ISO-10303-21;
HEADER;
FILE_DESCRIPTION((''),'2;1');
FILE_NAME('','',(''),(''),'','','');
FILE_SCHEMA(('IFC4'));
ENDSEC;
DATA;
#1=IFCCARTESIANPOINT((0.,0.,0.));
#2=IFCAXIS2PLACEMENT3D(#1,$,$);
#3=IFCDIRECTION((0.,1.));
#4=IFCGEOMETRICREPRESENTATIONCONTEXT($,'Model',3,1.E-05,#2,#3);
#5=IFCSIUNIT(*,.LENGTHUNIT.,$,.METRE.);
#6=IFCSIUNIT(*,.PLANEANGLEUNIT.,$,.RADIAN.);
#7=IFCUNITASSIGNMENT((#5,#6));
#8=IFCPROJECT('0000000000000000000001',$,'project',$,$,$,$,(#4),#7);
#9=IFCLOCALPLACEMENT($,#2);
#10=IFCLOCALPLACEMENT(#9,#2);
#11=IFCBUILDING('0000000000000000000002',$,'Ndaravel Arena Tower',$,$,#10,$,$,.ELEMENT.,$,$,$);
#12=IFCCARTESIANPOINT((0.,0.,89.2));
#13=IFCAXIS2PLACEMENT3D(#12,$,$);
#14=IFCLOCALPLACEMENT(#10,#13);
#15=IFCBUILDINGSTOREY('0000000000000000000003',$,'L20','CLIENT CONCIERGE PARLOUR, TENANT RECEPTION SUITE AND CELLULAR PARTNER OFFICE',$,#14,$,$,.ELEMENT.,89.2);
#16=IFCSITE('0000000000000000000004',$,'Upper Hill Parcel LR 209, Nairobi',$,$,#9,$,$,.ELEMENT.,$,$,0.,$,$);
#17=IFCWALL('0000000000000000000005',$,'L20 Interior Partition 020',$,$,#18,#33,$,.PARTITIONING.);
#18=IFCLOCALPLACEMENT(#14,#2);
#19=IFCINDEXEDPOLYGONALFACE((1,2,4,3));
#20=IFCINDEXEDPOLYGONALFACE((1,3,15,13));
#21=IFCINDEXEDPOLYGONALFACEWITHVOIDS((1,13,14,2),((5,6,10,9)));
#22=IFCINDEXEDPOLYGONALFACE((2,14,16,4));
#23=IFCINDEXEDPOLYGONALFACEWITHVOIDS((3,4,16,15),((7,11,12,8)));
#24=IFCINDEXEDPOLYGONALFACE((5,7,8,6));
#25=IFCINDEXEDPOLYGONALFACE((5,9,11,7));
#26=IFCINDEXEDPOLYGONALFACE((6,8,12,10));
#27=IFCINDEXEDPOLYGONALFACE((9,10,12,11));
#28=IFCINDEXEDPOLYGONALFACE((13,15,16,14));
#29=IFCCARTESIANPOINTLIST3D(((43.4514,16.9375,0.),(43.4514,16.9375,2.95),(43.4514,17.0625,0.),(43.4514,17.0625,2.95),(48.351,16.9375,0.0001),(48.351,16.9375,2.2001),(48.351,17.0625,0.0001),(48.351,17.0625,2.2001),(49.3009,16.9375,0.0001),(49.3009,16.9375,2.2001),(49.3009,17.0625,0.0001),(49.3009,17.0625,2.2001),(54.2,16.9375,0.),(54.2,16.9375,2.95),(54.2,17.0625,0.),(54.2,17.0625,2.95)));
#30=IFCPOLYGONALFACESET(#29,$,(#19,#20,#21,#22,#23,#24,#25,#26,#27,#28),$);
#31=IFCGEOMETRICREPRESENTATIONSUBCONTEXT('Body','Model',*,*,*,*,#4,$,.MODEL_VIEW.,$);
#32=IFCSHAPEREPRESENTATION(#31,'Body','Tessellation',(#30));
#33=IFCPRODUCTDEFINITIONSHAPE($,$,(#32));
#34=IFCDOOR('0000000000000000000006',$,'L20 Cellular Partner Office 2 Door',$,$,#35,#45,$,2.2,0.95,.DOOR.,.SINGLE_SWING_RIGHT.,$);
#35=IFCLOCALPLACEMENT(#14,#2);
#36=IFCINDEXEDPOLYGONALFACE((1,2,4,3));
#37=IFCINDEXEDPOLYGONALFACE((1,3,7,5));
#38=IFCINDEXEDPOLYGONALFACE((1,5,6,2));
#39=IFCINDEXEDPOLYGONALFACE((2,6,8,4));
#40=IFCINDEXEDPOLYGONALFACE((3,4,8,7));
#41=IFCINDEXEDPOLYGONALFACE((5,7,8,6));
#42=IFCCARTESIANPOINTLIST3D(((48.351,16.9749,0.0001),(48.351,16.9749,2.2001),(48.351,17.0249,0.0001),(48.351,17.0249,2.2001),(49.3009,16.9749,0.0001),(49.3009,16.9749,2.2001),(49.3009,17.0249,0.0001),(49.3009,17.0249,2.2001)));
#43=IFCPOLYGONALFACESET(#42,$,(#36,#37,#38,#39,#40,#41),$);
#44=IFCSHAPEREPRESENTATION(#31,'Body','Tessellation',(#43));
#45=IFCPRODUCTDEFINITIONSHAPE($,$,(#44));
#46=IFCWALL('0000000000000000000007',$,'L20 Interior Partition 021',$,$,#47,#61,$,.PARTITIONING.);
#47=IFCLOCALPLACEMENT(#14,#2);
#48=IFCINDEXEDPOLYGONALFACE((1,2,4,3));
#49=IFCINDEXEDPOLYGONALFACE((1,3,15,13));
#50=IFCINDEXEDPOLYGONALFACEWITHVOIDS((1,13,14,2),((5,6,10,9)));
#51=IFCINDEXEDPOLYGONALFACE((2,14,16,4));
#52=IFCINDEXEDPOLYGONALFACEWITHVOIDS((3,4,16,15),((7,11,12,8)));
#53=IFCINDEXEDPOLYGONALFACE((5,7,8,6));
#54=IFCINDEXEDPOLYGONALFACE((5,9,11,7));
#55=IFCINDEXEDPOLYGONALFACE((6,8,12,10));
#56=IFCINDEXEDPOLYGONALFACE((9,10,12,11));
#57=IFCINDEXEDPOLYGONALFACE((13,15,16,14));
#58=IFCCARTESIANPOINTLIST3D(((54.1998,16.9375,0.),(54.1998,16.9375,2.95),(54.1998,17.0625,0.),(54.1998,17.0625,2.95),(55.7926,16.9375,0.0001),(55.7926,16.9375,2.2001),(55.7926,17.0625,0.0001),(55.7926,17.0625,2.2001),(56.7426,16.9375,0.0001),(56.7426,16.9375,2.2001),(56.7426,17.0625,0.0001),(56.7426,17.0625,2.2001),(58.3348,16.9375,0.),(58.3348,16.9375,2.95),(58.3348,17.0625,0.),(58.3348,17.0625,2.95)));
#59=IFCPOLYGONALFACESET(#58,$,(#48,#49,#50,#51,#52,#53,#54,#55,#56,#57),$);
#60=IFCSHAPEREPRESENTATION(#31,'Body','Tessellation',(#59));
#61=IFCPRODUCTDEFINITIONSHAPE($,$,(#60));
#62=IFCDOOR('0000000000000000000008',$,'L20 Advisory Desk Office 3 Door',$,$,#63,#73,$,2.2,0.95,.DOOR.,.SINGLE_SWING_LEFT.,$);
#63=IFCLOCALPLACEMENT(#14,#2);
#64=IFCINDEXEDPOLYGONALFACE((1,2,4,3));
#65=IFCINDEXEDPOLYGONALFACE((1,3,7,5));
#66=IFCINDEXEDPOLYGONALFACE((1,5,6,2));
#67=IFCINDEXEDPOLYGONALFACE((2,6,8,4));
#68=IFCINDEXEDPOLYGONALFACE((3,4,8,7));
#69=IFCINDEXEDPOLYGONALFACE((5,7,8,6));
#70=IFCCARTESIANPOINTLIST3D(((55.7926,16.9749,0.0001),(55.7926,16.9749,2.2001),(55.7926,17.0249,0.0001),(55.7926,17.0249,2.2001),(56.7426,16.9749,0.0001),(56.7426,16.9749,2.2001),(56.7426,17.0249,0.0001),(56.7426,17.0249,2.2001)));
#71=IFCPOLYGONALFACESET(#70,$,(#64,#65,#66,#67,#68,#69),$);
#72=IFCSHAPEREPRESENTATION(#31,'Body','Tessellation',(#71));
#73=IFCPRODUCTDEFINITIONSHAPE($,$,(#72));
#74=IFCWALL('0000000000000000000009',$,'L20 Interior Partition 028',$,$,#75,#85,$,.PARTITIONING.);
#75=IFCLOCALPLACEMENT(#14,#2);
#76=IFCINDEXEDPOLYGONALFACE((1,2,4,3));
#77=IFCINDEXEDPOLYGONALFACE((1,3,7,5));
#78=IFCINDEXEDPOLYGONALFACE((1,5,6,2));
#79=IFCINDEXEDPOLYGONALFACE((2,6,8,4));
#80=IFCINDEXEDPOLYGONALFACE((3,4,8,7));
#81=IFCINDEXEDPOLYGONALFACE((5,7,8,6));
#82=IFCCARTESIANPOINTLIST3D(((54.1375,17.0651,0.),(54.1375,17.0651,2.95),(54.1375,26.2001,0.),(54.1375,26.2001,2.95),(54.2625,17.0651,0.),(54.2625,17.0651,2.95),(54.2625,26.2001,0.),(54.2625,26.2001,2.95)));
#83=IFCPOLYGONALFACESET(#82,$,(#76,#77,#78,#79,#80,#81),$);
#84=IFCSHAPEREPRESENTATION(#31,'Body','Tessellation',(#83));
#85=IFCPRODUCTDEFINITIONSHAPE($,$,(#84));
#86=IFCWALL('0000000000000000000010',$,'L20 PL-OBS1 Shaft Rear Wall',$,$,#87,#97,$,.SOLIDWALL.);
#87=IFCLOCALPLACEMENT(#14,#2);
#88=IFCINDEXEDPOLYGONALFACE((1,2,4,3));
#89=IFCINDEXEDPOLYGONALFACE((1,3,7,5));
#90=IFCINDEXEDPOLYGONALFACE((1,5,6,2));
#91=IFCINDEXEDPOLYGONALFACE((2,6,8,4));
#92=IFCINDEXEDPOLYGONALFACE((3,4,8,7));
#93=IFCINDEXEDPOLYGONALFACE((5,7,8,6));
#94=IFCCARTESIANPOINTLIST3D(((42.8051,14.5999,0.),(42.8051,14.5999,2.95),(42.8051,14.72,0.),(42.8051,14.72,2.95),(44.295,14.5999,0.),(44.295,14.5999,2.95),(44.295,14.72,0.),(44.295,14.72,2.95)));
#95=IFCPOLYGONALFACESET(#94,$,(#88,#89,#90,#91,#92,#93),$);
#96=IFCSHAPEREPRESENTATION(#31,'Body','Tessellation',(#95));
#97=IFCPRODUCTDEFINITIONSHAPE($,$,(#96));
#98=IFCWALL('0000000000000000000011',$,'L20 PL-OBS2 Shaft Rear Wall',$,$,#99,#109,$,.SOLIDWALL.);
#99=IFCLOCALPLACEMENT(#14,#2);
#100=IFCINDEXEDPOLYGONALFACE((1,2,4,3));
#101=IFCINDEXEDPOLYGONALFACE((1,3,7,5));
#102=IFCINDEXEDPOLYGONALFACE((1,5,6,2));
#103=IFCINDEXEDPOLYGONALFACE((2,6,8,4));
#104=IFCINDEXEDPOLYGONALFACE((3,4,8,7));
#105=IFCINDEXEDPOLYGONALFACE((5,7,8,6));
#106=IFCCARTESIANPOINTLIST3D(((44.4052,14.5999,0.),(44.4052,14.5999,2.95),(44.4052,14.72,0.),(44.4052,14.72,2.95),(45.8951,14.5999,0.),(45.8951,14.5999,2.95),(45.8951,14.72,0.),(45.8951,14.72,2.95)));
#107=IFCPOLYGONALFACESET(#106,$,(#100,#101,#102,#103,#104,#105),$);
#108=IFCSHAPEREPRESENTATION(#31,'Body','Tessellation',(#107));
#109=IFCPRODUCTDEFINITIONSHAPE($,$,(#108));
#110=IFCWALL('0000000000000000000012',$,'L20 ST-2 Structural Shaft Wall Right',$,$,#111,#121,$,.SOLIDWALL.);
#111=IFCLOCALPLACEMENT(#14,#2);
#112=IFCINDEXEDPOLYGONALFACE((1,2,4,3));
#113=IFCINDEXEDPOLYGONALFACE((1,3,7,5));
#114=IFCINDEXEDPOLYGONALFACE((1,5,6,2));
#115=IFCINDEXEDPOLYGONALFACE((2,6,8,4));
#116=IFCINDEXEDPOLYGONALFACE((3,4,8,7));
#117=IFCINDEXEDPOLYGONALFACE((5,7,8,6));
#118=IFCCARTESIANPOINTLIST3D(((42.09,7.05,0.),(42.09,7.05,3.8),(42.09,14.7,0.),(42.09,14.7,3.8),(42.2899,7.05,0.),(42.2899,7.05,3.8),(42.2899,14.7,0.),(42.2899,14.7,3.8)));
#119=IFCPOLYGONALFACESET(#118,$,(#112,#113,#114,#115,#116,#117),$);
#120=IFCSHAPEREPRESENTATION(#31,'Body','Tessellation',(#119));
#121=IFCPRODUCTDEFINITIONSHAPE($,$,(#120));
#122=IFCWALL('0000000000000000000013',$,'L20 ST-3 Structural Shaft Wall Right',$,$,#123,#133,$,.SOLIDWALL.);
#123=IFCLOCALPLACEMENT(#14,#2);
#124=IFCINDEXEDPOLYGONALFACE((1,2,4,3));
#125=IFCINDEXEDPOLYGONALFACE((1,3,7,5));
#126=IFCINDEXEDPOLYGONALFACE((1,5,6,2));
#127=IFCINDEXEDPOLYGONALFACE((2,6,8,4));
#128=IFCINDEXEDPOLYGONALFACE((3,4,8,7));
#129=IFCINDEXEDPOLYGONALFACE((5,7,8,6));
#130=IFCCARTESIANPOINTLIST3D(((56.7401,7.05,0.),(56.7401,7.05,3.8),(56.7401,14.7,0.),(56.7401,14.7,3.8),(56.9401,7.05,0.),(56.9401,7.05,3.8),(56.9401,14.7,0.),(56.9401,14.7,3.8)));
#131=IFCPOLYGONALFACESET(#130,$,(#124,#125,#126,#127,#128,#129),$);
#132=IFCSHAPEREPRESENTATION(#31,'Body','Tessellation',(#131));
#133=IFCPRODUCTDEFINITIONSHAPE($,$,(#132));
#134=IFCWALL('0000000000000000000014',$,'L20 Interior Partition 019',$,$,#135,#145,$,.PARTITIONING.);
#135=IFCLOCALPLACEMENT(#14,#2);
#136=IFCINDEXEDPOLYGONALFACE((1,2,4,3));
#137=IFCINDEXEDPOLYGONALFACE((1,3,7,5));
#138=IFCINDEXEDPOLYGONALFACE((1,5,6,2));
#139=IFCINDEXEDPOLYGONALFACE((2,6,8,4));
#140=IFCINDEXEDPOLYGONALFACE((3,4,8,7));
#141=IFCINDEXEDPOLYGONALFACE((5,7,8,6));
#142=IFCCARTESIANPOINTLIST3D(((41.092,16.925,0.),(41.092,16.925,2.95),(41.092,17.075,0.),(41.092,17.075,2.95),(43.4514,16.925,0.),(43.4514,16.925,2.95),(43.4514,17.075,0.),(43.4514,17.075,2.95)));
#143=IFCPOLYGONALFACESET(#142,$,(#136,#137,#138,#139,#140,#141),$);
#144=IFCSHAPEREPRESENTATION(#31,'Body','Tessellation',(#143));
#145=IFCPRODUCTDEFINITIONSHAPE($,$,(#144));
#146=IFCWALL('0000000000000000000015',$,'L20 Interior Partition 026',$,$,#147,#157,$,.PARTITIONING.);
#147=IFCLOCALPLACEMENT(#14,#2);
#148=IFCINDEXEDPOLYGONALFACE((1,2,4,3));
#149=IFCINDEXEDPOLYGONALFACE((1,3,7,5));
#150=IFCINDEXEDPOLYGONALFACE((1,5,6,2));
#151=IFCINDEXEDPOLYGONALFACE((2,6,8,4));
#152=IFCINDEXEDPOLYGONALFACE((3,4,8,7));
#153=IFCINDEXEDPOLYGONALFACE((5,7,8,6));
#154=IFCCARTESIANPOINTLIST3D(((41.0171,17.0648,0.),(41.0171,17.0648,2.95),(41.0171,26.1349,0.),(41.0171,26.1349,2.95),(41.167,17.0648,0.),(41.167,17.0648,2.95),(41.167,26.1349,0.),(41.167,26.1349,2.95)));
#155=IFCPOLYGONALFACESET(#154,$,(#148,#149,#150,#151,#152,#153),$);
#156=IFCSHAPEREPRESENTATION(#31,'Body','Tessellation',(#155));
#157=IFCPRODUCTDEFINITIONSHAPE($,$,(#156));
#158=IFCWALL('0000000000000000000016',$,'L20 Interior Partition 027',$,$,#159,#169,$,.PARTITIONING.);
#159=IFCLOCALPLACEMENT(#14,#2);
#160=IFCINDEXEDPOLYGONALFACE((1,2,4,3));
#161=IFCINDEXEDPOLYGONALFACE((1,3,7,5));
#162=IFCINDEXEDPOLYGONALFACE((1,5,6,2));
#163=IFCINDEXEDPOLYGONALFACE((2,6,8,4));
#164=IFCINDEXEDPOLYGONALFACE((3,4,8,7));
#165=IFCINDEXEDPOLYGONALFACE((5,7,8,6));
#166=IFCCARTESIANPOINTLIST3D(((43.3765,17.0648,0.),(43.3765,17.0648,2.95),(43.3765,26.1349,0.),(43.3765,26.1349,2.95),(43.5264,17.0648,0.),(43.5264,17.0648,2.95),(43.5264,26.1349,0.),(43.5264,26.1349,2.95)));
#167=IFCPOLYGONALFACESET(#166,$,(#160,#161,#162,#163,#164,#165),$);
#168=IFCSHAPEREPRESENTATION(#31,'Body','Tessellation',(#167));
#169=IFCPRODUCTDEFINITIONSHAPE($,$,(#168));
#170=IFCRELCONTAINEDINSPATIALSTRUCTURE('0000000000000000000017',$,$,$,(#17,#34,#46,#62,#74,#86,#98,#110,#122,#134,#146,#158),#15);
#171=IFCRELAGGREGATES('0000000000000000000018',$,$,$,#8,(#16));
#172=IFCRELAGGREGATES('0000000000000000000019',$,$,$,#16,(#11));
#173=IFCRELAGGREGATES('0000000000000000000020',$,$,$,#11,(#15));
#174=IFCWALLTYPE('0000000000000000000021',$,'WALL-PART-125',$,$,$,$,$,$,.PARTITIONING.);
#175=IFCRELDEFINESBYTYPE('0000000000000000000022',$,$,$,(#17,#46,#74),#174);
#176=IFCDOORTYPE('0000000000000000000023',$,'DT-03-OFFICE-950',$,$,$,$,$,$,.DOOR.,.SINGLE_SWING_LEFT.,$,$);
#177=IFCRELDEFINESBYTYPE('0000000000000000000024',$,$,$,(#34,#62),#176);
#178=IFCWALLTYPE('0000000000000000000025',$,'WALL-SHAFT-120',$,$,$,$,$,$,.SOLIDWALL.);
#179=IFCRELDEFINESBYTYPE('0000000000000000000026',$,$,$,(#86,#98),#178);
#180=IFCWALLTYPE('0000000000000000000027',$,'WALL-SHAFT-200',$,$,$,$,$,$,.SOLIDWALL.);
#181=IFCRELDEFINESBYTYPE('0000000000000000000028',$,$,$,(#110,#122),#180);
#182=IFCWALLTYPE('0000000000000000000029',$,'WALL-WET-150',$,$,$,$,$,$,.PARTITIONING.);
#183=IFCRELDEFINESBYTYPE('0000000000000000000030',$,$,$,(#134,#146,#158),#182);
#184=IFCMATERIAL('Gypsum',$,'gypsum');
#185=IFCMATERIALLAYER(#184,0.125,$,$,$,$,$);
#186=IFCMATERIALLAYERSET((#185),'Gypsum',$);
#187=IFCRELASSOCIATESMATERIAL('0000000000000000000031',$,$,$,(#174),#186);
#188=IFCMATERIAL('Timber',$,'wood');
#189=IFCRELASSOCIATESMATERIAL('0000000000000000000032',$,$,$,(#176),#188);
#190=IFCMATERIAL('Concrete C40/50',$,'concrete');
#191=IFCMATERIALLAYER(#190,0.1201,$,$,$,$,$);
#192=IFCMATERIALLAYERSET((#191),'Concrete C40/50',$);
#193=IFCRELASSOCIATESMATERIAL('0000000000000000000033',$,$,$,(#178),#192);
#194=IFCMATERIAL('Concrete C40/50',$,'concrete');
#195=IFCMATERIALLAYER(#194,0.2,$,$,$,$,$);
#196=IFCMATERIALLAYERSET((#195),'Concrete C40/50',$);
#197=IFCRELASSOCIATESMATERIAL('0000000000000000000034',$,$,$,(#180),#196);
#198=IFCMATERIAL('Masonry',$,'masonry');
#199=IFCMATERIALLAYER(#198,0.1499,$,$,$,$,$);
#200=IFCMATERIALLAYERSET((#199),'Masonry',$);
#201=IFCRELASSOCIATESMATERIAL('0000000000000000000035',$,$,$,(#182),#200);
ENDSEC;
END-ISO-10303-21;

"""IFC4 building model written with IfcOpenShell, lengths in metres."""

from ifc_helpers import new_model, si_unit, direction, frame, frame_2d, origin, place, context, subcontext, project, spatial, rectangle, extrude, material, layer, layer_set, type_object, element, fill, save


model = new_model("IFC4")

# Units and contexts
model_context = context("Model", 3, precision=1e-05, world=origin(), true_north=direction((0.0, 1.0)))
body_context = subcontext(model_context, "Body", "Model", "MODEL_VIEW")
ifc_project = project(units=[si_unit("LENGTHUNIT", "METRE"), si_unit("PLANEANGLEUNIT", "RADIAN")], contexts=[model_context])

# Site, building, storey
site_placement = place(None, origin())
site = spatial("IfcSite", under=ifc_project, at=site_placement, Name="Upper Hill Parcel LR 209, Nairobi", CompositionType="ELEMENT", RefElevation=0.0)
building_placement = place(site_placement, origin())
building = spatial("IfcBuilding", under=site, at=building_placement, Name="Ndaravel Arena Tower", CompositionType="ELEMENT")
storey_placement = place(building_placement, frame((0.0, 0.0, 89.2)))
storey = spatial("IfcBuildingStorey", under=building, at=storey_placement, Name="L20", Description="CLIENT CONCIERGE PARLOUR, TENANT RECEPTION SUITE AND CELLULAR PARTNER OFFICE", CompositionType="ELEMENT", Elevation=89.2)

# Shared definitions
ifc_material_1 = material(Name="Gypsum", Category="gypsum")
ifc_layer_1 = layer(ifc_material_1, 0.125)
ifc_layer_set_1 = layer_set([ifc_layer_1], Name="Gypsum")
wall_type_1 = type_object("IfcWallType", Name="WALL-PART-125", PredefinedType="PARTITIONING", material=ifc_layer_set_1)

# Walls, openings, doors
wall_1_placement = place(storey_placement, frame((43.4514, 17.0, 0.0), z_axis=(0.0, 0.0, 1.0), x_axis=(1.0, 0.0, 0.0)))
wall_1 = element("IfcWall", 1, at=wall_1_placement, inside=storey, type_object=wall_type_1, Name="L20 Interior Partition 020", PredefinedType="PARTITIONING", context=body_context, shape_type="SweptSolid", body=[
    extrude(rectangle(XDim=10.7485, YDim=0.125, at=frame_2d((5.3743, 0.0))), origin(), (0.0, 0.0, 1.0), 2.95),
])
opening_1_placement = place(wall_1_placement, frame((4.8994, 0.0, 0.0)))
opening_1 = element("IfcOpeningElement", 2, at=opening_1_placement, cuts=wall_1, PredefinedType="OPENING", context=body_context, shape_type="SweptSolid", body=[
    extrude(rectangle(XDim=0.95, YDim=2.2, at=frame_2d((0.4751, 1.1001))), frame((0.0, 0.0625, 0.0), z_axis=(0.0, -1.0, 0.0), x_axis=(1.0, 0.0, 0.0)), (0.0, 0.0, 1.0), 0.125),
])
ifc_material_2 = material(Name="Timber", Category="wood")
door_type_1 = type_object("IfcDoorType", Name="DT-03-OFFICE-950", OperationType="SINGLE_SWING_LEFT", PredefinedType="DOOR", material=ifc_material_2)
door_1_placement = place(opening_1_placement, origin())
door_1 = element("IfcDoor", 3, at=door_1_placement, inside=storey, type_object=door_type_1, Name="L20 Cellular Partner Office 2 Door", OperationType="SINGLE_SWING_RIGHT", OverallHeight=2.2, OverallWidth=0.95, PredefinedType="DOOR", context=body_context, shape_type="SweptSolid", body=[
    extrude(rectangle(XDim=0.95, YDim=2.2, at=frame_2d((0.4751, 1.1001))), frame((0.0, 0.0249, 0.0), z_axis=(0.0, -1.0, 0.0), x_axis=(1.0, 0.0, 0.0)), (0.0, 0.0, 1.0), 0.05),
])
fill(opening_1, door_1)
wall_2_placement = place(storey_placement, frame((54.2, 17.0, 0.0), z_axis=(0.0, 0.0, 1.0), x_axis=(1.0, 0.0, 0.0)))
wall_2 = element("IfcWall", 4, at=wall_2_placement, inside=storey, type_object=wall_type_1, Name="L20 Interior Partition 021", PredefinedType="PARTITIONING", context=body_context, shape_type="SweptSolid", body=[
    extrude(rectangle(XDim=4.135, YDim=0.125, at=frame_2d((2.0674, 0.0))), origin(), (0.0, 0.0, 1.0), 2.95),
])
opening_2_placement = place(wall_2_placement, frame((1.5925, 0.0, 0.0)))
opening_2 = element("IfcOpeningElement", 5, at=opening_2_placement, cuts=wall_2, PredefinedType="OPENING", context=body_context, shape_type="SweptSolid", body=[
    extrude(rectangle(XDim=0.95, YDim=2.2, at=frame_2d((0.4751, 1.1001))), frame((0.0, 0.0625, 0.0), z_axis=(0.0, -1.0, 0.0), x_axis=(1.0, 0.0, 0.0)), (0.0, 0.0, 1.0), 0.125),
])
door_2_placement = place(opening_2_placement, origin())
door_2 = element("IfcDoor", 6, at=door_2_placement, inside=storey, type_object=door_type_1, Name="L20 Advisory Desk Office 3 Door", OperationType="SINGLE_SWING_LEFT", OverallHeight=2.2, OverallWidth=0.95, PredefinedType="DOOR", context=body_context, shape_type="SweptSolid", body=[
    extrude(rectangle(XDim=0.95, YDim=2.2, at=frame_2d((0.4751, 1.1001))), frame((0.0, 0.0249, 0.0), z_axis=(0.0, -1.0, 0.0), x_axis=(1.0, 0.0, 0.0)), (0.0, 0.0, 1.0), 0.05),
])
fill(opening_2, door_2)

# Walls
wall_3_placement = place(storey_placement, frame((54.2, 26.2, 0.0), z_axis=(0.0, 0.0, 1.0), x_axis=(0.0, -1.0, 0.0)))
element("IfcWall", 7, at=wall_3_placement, inside=storey, type_object=wall_type_1, Name="L20 Interior Partition 028", PredefinedType="PARTITIONING", context=body_context, shape_type="SweptSolid", body=[
    extrude(rectangle(XDim=9.135, YDim=0.125, at=frame_2d((4.5674, 0.0))), origin(), (0.0, 0.0, 1.0), 2.95),
])
ifc_material_3 = material(Name="Concrete C40/50", Category="concrete")
ifc_layer_2 = layer(ifc_material_3, 0.1201)
ifc_layer_set_2 = layer_set([ifc_layer_2], Name="Concrete C40/50")
wall_type_2 = type_object("IfcWallType", Name="WALL-SHAFT-120", PredefinedType="SOLIDWALL", material=ifc_layer_set_2)
for number, where, z_axis, x_axis, name in (
    (8, (42.8049, 14.6599, 0.0), (0.0, 0.0, 1.0), (1.0, 0.0, 0.0), "L20 PL-OBS1 Shaft Rear Wall"),
    (9, (44.405, 14.6599, 0.0), (0.0, 0.0, 1.0), (1.0, 0.0, 0.0), "L20 PL-OBS2 Shaft Rear Wall"),
):
    element("IfcWall", number, at=place(storey_placement, frame(where, z_axis=z_axis, x_axis=x_axis)), inside=storey, type_object=wall_type_2, Name=name, PredefinedType="SOLIDWALL", context=body_context, shape_type="SweptSolid", body=[
        extrude(rectangle(XDim=1.49, YDim=0.1201, at=frame_2d((0.7451, 0.0))), origin(), (0.0, 0.0, 1.0), 2.95),
    ])
ifc_material_4 = material(Name="Concrete C40/50", Category="concrete")
ifc_layer_3 = layer(ifc_material_4, 0.2)
ifc_layer_set_3 = layer_set([ifc_layer_3], Name="Concrete C40/50")
wall_type_3 = type_object("IfcWallType", Name="WALL-SHAFT-200", PredefinedType="SOLIDWALL", material=ifc_layer_set_3)
for number, where, z_axis, x_axis, name in (
    (10, (42.1899, 14.7, 0.0), (0.0, 0.0, 1.0), (0.0, -1.0, 0.0), "L20 ST-2 Structural Shaft Wall Right"),
    (11, (56.8401, 14.7, 0.0), (0.0, 0.0, 1.0), (0.0, -1.0, 0.0), "L20 ST-3 Structural Shaft Wall Right"),
):
    element("IfcWall", number, at=place(storey_placement, frame(where, z_axis=z_axis, x_axis=x_axis)), inside=storey, type_object=wall_type_3, Name=name, PredefinedType="SOLIDWALL", context=body_context, shape_type="SweptSolid", body=[
        extrude(rectangle(XDim=7.6499, YDim=0.2, at=frame_2d((3.825, 0.0))), origin(), (0.0, 0.0, 1.0), 3.8),
    ])

# Shared definitions
ifc_material_5 = material(Name="Masonry", Category="masonry")
ifc_layer_4 = layer(ifc_material_5, 0.1499)
ifc_layer_set_4 = layer_set([ifc_layer_4], Name="Masonry")
wall_type_4 = type_object("IfcWallType", Name="WALL-WET-150", PredefinedType="PARTITIONING", material=ifc_layer_set_4)

# Walls
wall_4_placement = place(storey_placement, frame((41.092, 17.0, 0.0), z_axis=(0.0, 0.0, 1.0), x_axis=(1.0, 0.0, 0.0)))
element("IfcWall", 12, at=wall_4_placement, inside=storey, type_object=wall_type_4, Name="L20 Interior Partition 019", PredefinedType="PARTITIONING", context=body_context, shape_type="SweptSolid", body=[
    extrude(rectangle(XDim=2.3594, YDim=0.1499, at=frame_2d((1.1797, 0.0))), origin(), (0.0, 0.0, 1.0), 2.95),
])
for number, where, z_axis, x_axis, name in (
    (13, (41.092, 26.135, 0.0), (0.0, 0.0, 1.0), (0.0, -1.0, 0.0), "L20 Interior Partition 026"),
    (14, (43.4514, 26.135, 0.0), (0.0, 0.0, 1.0), (0.0, -1.0, 0.0), "L20 Interior Partition 027"),
):
    element("IfcWall", number, at=place(storey_placement, frame(where, z_axis=z_axis, x_axis=x_axis)), inside=storey, type_object=wall_type_4, Name=name, PredefinedType="PARTITIONING", context=body_context, shape_type="SweptSolid", body=[
        extrude(rectangle(XDim=9.0701, YDim=0.1499, at=frame_2d((4.5352, 0.0))), origin(), (0.0, 0.0, 1.0), 2.95),
    ])

save(model, "model.ifc")
